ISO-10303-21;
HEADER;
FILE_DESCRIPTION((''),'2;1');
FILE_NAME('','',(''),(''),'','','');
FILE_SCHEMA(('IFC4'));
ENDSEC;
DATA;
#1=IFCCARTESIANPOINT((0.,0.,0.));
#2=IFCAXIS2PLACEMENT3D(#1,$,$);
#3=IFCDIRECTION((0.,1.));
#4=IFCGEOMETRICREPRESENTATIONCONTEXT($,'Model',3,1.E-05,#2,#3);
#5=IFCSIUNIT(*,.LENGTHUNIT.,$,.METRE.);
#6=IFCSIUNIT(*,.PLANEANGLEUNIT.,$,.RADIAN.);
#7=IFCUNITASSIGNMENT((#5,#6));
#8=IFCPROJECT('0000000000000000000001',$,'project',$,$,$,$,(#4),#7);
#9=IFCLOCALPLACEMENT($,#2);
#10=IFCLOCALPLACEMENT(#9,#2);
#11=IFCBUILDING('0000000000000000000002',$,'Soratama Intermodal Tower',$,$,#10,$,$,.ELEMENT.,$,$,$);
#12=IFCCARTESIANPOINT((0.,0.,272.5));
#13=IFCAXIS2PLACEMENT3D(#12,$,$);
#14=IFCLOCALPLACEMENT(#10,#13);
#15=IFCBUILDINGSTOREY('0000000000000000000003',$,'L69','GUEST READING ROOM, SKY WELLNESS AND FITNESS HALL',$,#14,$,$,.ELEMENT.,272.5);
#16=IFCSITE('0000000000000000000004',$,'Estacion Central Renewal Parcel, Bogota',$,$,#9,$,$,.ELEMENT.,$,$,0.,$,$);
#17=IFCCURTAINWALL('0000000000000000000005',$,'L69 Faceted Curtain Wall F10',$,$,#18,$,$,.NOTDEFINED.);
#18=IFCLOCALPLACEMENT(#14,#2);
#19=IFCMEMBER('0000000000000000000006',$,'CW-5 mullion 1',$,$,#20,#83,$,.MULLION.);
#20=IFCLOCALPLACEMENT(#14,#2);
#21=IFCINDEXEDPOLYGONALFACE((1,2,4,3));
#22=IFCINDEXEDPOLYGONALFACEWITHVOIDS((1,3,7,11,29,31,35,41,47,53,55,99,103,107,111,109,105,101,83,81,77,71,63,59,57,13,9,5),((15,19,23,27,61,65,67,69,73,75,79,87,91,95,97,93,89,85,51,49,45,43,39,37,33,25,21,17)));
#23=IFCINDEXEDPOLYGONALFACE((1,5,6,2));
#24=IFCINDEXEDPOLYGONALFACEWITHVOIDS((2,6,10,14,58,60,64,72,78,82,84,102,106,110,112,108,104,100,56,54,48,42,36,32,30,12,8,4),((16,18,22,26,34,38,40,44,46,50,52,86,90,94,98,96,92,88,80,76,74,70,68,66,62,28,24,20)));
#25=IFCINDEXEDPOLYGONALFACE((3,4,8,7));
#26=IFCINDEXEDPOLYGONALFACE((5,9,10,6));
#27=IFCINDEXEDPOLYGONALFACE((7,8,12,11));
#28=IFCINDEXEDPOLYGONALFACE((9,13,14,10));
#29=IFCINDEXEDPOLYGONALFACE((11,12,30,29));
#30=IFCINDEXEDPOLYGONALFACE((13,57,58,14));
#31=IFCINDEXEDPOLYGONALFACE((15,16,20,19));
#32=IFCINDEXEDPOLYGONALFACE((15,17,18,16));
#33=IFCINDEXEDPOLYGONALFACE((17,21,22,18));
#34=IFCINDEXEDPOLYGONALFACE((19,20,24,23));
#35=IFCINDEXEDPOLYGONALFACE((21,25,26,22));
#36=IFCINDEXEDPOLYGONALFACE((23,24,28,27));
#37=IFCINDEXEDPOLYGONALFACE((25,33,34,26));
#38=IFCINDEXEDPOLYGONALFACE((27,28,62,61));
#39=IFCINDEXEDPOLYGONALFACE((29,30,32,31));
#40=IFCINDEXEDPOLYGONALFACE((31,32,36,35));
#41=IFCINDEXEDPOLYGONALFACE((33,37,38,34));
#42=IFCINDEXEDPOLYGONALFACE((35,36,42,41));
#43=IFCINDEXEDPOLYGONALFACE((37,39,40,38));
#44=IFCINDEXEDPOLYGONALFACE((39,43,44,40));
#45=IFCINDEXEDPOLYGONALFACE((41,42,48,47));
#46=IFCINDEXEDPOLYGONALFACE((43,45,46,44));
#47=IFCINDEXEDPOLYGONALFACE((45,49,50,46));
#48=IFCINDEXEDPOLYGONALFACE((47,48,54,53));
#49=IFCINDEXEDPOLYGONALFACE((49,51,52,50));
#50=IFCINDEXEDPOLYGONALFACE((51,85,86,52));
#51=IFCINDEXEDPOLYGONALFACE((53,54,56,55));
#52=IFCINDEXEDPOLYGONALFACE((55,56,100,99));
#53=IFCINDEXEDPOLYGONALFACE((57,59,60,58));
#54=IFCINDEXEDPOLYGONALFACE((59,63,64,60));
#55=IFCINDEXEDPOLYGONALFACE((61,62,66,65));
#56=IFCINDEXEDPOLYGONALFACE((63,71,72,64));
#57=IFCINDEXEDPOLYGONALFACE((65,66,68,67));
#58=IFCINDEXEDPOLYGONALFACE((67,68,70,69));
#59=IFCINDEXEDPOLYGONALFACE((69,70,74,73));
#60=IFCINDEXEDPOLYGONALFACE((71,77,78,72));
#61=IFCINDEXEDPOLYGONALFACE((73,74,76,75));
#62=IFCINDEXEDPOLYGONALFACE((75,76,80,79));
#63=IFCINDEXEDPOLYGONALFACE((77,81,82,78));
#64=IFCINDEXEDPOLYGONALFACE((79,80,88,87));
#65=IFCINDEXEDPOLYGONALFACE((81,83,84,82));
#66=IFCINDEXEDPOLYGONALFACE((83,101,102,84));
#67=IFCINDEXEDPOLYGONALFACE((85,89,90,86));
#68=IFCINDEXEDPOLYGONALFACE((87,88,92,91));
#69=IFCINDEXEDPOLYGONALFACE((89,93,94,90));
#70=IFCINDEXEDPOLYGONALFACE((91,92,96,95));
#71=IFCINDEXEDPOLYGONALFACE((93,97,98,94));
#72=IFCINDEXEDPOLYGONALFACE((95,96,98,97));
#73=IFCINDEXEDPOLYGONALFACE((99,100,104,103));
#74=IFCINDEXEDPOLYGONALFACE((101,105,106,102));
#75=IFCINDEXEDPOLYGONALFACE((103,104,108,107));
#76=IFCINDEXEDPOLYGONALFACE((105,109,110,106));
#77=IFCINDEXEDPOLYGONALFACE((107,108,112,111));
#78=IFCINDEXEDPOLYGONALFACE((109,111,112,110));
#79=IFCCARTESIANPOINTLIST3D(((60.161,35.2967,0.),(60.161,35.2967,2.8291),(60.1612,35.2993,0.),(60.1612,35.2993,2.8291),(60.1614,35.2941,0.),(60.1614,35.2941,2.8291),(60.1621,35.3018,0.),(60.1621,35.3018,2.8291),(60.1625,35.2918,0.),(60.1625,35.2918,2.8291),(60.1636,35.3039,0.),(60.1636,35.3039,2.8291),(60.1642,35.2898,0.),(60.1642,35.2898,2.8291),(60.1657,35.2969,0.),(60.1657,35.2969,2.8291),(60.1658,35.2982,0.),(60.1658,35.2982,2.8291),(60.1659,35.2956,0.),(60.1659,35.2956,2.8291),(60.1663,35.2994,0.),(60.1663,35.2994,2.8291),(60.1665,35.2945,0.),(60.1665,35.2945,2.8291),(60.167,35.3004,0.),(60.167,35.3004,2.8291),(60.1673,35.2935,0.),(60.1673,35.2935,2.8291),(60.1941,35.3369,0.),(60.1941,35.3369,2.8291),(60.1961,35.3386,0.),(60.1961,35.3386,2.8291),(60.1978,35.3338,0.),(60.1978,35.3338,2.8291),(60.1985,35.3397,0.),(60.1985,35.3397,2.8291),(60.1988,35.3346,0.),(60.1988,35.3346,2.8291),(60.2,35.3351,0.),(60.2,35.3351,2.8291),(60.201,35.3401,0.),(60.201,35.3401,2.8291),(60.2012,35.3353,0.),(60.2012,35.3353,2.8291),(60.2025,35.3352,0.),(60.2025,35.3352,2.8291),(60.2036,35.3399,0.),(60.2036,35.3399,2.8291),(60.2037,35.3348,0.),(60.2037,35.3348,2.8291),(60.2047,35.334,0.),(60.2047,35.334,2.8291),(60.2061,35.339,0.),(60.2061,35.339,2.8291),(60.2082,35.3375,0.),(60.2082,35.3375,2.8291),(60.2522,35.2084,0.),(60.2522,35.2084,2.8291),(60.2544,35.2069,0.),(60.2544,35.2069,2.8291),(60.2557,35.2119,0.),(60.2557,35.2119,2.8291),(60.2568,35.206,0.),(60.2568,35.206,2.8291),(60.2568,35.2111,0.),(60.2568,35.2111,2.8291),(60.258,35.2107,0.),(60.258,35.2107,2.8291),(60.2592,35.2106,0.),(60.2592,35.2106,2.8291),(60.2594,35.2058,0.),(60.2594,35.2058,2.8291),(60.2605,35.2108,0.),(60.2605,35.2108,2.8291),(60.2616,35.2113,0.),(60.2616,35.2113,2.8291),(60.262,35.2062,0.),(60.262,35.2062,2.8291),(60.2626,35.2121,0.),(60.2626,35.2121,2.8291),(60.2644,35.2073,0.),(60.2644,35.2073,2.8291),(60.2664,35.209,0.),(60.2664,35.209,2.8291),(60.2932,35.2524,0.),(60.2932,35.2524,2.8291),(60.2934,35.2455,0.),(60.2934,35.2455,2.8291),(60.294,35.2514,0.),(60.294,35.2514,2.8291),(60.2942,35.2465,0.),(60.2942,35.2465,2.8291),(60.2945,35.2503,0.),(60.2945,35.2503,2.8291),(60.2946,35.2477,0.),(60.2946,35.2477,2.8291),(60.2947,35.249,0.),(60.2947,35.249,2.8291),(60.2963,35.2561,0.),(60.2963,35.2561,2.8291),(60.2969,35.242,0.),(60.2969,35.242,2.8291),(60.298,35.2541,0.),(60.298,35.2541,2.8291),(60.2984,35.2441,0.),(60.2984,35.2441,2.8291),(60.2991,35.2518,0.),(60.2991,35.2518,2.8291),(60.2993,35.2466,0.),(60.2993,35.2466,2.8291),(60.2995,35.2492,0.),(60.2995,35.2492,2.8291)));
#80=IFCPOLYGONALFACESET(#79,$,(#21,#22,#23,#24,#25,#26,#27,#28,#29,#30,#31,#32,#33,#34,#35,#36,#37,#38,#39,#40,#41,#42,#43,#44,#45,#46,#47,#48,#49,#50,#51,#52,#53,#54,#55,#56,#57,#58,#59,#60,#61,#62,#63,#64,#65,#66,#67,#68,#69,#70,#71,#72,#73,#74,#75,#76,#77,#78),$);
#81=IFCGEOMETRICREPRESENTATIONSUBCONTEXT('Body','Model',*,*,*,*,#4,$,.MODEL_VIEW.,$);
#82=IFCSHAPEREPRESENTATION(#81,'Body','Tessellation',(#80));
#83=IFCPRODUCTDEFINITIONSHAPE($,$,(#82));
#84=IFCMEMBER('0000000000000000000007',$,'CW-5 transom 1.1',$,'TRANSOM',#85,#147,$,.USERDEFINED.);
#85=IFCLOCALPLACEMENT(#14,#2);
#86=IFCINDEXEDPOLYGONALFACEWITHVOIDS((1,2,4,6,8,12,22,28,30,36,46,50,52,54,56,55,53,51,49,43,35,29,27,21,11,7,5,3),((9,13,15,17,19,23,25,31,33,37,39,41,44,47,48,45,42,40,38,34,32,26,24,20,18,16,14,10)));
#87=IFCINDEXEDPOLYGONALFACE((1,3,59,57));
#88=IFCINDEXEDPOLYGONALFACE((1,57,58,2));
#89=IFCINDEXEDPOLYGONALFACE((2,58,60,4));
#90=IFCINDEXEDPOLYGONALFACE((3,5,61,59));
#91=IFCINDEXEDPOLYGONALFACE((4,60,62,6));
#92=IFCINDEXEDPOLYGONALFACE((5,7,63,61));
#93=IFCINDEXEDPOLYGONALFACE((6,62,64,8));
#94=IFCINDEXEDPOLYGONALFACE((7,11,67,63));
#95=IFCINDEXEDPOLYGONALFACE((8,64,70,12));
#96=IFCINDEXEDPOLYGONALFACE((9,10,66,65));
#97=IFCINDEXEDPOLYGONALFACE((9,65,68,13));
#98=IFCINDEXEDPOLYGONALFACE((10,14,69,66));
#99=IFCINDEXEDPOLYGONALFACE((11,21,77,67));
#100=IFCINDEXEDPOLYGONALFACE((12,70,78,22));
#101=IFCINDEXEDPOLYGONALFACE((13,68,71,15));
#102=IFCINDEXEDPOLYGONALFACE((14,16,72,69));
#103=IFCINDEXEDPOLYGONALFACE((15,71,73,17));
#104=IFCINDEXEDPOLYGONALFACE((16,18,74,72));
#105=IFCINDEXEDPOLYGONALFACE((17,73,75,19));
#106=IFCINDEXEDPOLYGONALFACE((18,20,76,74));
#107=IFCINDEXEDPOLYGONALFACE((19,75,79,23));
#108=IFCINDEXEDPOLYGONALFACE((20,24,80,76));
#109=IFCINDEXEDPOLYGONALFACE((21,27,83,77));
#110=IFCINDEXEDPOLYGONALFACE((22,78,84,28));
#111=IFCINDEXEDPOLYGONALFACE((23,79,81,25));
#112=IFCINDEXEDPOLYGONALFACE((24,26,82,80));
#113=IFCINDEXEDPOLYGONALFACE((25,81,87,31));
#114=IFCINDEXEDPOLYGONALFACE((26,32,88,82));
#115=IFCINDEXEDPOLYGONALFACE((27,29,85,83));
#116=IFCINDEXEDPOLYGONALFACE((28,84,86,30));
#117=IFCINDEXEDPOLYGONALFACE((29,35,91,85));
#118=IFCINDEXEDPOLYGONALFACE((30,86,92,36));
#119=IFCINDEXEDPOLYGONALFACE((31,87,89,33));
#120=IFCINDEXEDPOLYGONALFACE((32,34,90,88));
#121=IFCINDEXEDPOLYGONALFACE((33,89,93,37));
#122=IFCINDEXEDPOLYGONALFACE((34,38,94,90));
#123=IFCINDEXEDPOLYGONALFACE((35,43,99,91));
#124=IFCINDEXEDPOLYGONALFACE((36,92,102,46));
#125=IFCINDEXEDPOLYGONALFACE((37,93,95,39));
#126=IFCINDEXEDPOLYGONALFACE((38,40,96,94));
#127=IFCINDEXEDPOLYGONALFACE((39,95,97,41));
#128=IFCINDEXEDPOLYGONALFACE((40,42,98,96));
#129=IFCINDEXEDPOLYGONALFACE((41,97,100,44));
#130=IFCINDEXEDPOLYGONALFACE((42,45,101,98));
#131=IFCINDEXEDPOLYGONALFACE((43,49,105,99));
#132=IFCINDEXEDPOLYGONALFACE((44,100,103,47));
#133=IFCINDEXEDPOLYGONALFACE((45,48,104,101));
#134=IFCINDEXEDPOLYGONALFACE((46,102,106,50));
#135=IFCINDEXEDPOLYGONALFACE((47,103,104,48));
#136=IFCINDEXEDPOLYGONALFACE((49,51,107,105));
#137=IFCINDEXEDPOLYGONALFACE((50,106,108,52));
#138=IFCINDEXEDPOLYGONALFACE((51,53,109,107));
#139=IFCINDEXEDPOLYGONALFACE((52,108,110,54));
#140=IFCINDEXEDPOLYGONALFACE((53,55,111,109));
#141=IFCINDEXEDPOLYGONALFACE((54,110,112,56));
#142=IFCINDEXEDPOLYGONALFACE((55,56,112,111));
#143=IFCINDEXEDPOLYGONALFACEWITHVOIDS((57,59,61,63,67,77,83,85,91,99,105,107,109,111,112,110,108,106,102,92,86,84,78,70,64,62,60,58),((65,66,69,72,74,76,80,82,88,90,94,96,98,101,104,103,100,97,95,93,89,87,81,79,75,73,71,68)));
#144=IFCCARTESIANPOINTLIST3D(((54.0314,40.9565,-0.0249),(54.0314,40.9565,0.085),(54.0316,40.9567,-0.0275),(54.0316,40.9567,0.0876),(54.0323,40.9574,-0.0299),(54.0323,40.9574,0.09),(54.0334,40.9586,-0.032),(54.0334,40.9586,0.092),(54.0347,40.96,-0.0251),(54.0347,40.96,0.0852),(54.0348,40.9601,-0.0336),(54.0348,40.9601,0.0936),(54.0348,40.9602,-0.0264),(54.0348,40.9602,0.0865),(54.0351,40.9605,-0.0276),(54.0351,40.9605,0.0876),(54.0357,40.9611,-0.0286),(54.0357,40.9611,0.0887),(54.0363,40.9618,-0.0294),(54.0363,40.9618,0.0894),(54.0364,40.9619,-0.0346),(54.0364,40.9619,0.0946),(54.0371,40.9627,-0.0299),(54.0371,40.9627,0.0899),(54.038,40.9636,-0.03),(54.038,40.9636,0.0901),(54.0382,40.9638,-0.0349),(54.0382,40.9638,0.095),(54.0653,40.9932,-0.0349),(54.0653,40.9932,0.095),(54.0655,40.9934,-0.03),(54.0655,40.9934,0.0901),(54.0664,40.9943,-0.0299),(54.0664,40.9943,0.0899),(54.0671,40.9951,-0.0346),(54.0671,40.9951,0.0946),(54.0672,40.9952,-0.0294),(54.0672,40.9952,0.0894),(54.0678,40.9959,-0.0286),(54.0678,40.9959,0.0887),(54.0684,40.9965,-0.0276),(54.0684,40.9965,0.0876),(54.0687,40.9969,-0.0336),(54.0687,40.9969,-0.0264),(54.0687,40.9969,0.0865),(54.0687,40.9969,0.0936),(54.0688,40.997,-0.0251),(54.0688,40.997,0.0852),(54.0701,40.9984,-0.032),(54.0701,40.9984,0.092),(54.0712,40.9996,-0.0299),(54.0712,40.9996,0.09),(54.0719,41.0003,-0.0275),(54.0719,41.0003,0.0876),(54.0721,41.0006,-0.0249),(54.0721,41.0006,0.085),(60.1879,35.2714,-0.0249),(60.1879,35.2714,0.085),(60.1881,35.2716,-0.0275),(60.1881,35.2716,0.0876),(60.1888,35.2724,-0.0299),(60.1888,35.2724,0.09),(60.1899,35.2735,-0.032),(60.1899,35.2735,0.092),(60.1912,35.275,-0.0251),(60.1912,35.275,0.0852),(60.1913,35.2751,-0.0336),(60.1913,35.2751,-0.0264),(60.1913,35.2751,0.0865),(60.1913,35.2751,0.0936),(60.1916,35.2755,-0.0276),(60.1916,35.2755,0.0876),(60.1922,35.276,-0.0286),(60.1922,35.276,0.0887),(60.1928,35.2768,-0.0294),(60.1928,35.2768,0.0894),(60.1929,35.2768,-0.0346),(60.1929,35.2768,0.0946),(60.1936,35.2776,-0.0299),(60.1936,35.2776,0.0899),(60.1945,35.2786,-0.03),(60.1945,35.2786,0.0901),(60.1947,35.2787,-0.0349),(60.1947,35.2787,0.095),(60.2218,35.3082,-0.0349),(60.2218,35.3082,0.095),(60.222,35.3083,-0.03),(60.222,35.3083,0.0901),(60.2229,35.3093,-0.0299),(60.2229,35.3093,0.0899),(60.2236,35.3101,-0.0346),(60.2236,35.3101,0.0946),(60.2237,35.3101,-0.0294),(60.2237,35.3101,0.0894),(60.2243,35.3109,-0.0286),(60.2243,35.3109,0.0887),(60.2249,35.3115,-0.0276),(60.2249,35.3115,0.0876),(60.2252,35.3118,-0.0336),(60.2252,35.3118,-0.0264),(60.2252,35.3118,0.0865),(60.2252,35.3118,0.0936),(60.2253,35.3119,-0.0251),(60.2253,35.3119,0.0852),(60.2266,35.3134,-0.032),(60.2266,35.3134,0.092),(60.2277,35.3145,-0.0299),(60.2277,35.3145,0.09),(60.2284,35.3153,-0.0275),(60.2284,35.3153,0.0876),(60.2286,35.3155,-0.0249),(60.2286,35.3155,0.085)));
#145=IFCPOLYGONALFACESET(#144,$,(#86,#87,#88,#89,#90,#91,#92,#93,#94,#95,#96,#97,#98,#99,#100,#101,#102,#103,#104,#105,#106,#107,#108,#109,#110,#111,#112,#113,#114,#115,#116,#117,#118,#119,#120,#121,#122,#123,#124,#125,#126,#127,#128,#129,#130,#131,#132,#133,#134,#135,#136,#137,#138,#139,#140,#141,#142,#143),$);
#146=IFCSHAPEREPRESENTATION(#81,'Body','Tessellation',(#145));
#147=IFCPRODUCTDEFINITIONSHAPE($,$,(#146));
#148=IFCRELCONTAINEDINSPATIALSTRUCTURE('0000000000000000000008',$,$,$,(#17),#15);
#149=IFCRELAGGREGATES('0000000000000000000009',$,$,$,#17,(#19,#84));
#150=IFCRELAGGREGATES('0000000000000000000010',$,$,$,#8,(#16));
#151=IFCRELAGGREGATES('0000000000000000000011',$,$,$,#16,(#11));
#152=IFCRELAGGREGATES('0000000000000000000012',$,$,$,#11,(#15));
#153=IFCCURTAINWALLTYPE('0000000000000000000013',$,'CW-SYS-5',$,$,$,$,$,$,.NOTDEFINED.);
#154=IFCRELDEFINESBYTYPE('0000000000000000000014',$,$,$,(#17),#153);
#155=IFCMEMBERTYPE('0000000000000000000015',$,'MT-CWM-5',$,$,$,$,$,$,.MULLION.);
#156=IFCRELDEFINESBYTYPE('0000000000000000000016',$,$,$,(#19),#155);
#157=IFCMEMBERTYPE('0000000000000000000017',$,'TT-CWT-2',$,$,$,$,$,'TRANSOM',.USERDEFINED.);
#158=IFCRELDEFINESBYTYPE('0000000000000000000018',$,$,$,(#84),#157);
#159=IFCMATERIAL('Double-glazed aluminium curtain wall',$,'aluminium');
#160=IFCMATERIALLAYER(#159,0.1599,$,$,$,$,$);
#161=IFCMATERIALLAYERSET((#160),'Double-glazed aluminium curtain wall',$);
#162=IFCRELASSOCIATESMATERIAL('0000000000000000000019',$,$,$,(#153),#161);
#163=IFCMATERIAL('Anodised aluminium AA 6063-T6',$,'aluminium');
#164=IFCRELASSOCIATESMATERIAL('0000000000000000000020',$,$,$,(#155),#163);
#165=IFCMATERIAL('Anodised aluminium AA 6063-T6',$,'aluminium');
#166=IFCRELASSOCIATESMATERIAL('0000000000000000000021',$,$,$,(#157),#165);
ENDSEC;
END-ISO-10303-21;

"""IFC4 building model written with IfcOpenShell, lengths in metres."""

from ifc_helpers import new_model, si_unit, direction, frame, origin, origin_2d, place, context, subcontext, project, spatial, hollow_rectangle, extrude, material, layer, layer_set, material_profile, profile_set, type_object, element, aggregate, save


model = new_model("IFC4")

# Units and contexts
model_context = context("Model", 3, precision=1e-05, world=origin(), true_north=direction((0.0, 1.0)))
body_context = subcontext(model_context, "Body", "Model", "MODEL_VIEW")
ifc_project = project(units=[si_unit("LENGTHUNIT", "METRE"), si_unit("PLANEANGLEUNIT", "RADIAN")], contexts=[model_context])

# Site, building, storey
site_placement = place(None, origin())
site = spatial("IfcSite", under=ifc_project, at=site_placement, Name="Estacion Central Renewal Parcel, Bogota", CompositionType="ELEMENT", RefElevation=0.0)
building_placement = place(site_placement, origin())
building = spatial("IfcBuilding", under=site, at=building_placement, Name="Soratama Intermodal Tower", CompositionType="ELEMENT")
storey_placement = place(building_placement, frame((0.0, 0.0, 272.5)))
storey = spatial("IfcBuildingStorey", under=building, at=storey_placement, Name="L69", Description="GUEST READING ROOM, SKY WELLNESS AND FITNESS HALL", CompositionType="ELEMENT", Elevation=272.5)

# Curtain wall, members
ifc_material_1 = material(Name="Double-glazed aluminium curtain wall", Category="aluminium")
ifc_layer_1 = layer(ifc_material_1, 0.1599)
ifc_layer_set_1 = layer_set([ifc_layer_1], Name="Double-glazed aluminium curtain wall")
curtain_wall_type = type_object("IfcCurtainWallType", Name="CW-SYS-5", PredefinedType="NOTDEFINED", material=ifc_layer_set_1)
curtain_wall_placement = place(storey_placement, origin())
curtain_wall = element("IfcCurtainWall", 1, at=curtain_wall_placement, inside=storey, type_object=curtain_wall_type, Name="L69 Faceted Curtain Wall F10", PredefinedType="NOTDEFINED")
ifc_material_2 = material(Name="Anodised aluminium AA 6063-T6", Category="aluminium")
ifc_material_profile_1 = material_profile(ifc_material_2, hollow_rectangle(XDim=0.0649, YDim=0.1399, WallThickness=0.0049, InnerFilletRadius=0.0049, OuterFilletRadius=0.01, at=origin_2d()), Name="CWM140X65X5")
ifc_profile_set_1 = profile_set([ifc_material_profile_1], Name="Anodised aluminium AA 6063-T6")
member_type_1 = type_object("IfcMemberType", Name="MT-CWM-5", PredefinedType="MULLION", material=ifc_profile_set_1)
member_1_placement = place(storey_placement, frame((60.2302, 35.2729, 0.0), z_axis=(0.0, 0.0, 1.0), x_axis=(-0.678417, -0.734677, 0.0)))
member_1 = element("IfcMember", 2, at=member_1_placement, type_object=member_type_1, Name="CW-5 mullion 1", PredefinedType="MULLION", context=body_context, shape_type="SweptSolid", body=[
    extrude(hollow_rectangle(XDim=0.0649, YDim=0.1399, WallThickness=0.0049, InnerFilletRadius=0.0049, OuterFilletRadius=0.01, at=origin_2d()), origin(), (0.0, 0.0, 1.0), 2.8291),
])
ifc_material_3 = material(Name="Anodised aluminium AA 6063-T6", Category="aluminium")
ifc_material_profile_2 = material_profile(ifc_material_3, hollow_rectangle(XDim=0.0601, YDim=0.1299, WallThickness=0.0049, InnerFilletRadius=0.0049, OuterFilletRadius=0.01, at=origin_2d()), Name="CWT130X60X5")
ifc_profile_set_2 = profile_set([ifc_material_profile_2], Name="Anodised aluminium AA 6063-T6")
member_type_2 = type_object("IfcMemberType", Name="TT-CWT-2", ElementType="TRANSOM", PredefinedType="USERDEFINED", material=ifc_profile_set_2)
member_2_placement = place(storey_placement, frame((60.2083, 35.2935, 0.03), z_axis=(-0.734676, 0.678418, 0.0), x_axis=(-0.678418, -0.734676, 0.0)))
member_2 = element("IfcMember", 3, at=member_2_placement, type_object=member_type_2, Name="CW-5 transom 1.1", ObjectType="TRANSOM", PredefinedType="USERDEFINED", context=body_context, shape_type="SweptSolid", body=[
    extrude(hollow_rectangle(XDim=0.0601, YDim=0.1299, WallThickness=0.0049, InnerFilletRadius=0.0049, OuterFilletRadius=0.01, at=origin_2d()), origin(), (0.0, 0.0, 1.0), 8.3799),
])
aggregate(curtain_wall, [member_1, member_2])

save(model, "model.ifc")
